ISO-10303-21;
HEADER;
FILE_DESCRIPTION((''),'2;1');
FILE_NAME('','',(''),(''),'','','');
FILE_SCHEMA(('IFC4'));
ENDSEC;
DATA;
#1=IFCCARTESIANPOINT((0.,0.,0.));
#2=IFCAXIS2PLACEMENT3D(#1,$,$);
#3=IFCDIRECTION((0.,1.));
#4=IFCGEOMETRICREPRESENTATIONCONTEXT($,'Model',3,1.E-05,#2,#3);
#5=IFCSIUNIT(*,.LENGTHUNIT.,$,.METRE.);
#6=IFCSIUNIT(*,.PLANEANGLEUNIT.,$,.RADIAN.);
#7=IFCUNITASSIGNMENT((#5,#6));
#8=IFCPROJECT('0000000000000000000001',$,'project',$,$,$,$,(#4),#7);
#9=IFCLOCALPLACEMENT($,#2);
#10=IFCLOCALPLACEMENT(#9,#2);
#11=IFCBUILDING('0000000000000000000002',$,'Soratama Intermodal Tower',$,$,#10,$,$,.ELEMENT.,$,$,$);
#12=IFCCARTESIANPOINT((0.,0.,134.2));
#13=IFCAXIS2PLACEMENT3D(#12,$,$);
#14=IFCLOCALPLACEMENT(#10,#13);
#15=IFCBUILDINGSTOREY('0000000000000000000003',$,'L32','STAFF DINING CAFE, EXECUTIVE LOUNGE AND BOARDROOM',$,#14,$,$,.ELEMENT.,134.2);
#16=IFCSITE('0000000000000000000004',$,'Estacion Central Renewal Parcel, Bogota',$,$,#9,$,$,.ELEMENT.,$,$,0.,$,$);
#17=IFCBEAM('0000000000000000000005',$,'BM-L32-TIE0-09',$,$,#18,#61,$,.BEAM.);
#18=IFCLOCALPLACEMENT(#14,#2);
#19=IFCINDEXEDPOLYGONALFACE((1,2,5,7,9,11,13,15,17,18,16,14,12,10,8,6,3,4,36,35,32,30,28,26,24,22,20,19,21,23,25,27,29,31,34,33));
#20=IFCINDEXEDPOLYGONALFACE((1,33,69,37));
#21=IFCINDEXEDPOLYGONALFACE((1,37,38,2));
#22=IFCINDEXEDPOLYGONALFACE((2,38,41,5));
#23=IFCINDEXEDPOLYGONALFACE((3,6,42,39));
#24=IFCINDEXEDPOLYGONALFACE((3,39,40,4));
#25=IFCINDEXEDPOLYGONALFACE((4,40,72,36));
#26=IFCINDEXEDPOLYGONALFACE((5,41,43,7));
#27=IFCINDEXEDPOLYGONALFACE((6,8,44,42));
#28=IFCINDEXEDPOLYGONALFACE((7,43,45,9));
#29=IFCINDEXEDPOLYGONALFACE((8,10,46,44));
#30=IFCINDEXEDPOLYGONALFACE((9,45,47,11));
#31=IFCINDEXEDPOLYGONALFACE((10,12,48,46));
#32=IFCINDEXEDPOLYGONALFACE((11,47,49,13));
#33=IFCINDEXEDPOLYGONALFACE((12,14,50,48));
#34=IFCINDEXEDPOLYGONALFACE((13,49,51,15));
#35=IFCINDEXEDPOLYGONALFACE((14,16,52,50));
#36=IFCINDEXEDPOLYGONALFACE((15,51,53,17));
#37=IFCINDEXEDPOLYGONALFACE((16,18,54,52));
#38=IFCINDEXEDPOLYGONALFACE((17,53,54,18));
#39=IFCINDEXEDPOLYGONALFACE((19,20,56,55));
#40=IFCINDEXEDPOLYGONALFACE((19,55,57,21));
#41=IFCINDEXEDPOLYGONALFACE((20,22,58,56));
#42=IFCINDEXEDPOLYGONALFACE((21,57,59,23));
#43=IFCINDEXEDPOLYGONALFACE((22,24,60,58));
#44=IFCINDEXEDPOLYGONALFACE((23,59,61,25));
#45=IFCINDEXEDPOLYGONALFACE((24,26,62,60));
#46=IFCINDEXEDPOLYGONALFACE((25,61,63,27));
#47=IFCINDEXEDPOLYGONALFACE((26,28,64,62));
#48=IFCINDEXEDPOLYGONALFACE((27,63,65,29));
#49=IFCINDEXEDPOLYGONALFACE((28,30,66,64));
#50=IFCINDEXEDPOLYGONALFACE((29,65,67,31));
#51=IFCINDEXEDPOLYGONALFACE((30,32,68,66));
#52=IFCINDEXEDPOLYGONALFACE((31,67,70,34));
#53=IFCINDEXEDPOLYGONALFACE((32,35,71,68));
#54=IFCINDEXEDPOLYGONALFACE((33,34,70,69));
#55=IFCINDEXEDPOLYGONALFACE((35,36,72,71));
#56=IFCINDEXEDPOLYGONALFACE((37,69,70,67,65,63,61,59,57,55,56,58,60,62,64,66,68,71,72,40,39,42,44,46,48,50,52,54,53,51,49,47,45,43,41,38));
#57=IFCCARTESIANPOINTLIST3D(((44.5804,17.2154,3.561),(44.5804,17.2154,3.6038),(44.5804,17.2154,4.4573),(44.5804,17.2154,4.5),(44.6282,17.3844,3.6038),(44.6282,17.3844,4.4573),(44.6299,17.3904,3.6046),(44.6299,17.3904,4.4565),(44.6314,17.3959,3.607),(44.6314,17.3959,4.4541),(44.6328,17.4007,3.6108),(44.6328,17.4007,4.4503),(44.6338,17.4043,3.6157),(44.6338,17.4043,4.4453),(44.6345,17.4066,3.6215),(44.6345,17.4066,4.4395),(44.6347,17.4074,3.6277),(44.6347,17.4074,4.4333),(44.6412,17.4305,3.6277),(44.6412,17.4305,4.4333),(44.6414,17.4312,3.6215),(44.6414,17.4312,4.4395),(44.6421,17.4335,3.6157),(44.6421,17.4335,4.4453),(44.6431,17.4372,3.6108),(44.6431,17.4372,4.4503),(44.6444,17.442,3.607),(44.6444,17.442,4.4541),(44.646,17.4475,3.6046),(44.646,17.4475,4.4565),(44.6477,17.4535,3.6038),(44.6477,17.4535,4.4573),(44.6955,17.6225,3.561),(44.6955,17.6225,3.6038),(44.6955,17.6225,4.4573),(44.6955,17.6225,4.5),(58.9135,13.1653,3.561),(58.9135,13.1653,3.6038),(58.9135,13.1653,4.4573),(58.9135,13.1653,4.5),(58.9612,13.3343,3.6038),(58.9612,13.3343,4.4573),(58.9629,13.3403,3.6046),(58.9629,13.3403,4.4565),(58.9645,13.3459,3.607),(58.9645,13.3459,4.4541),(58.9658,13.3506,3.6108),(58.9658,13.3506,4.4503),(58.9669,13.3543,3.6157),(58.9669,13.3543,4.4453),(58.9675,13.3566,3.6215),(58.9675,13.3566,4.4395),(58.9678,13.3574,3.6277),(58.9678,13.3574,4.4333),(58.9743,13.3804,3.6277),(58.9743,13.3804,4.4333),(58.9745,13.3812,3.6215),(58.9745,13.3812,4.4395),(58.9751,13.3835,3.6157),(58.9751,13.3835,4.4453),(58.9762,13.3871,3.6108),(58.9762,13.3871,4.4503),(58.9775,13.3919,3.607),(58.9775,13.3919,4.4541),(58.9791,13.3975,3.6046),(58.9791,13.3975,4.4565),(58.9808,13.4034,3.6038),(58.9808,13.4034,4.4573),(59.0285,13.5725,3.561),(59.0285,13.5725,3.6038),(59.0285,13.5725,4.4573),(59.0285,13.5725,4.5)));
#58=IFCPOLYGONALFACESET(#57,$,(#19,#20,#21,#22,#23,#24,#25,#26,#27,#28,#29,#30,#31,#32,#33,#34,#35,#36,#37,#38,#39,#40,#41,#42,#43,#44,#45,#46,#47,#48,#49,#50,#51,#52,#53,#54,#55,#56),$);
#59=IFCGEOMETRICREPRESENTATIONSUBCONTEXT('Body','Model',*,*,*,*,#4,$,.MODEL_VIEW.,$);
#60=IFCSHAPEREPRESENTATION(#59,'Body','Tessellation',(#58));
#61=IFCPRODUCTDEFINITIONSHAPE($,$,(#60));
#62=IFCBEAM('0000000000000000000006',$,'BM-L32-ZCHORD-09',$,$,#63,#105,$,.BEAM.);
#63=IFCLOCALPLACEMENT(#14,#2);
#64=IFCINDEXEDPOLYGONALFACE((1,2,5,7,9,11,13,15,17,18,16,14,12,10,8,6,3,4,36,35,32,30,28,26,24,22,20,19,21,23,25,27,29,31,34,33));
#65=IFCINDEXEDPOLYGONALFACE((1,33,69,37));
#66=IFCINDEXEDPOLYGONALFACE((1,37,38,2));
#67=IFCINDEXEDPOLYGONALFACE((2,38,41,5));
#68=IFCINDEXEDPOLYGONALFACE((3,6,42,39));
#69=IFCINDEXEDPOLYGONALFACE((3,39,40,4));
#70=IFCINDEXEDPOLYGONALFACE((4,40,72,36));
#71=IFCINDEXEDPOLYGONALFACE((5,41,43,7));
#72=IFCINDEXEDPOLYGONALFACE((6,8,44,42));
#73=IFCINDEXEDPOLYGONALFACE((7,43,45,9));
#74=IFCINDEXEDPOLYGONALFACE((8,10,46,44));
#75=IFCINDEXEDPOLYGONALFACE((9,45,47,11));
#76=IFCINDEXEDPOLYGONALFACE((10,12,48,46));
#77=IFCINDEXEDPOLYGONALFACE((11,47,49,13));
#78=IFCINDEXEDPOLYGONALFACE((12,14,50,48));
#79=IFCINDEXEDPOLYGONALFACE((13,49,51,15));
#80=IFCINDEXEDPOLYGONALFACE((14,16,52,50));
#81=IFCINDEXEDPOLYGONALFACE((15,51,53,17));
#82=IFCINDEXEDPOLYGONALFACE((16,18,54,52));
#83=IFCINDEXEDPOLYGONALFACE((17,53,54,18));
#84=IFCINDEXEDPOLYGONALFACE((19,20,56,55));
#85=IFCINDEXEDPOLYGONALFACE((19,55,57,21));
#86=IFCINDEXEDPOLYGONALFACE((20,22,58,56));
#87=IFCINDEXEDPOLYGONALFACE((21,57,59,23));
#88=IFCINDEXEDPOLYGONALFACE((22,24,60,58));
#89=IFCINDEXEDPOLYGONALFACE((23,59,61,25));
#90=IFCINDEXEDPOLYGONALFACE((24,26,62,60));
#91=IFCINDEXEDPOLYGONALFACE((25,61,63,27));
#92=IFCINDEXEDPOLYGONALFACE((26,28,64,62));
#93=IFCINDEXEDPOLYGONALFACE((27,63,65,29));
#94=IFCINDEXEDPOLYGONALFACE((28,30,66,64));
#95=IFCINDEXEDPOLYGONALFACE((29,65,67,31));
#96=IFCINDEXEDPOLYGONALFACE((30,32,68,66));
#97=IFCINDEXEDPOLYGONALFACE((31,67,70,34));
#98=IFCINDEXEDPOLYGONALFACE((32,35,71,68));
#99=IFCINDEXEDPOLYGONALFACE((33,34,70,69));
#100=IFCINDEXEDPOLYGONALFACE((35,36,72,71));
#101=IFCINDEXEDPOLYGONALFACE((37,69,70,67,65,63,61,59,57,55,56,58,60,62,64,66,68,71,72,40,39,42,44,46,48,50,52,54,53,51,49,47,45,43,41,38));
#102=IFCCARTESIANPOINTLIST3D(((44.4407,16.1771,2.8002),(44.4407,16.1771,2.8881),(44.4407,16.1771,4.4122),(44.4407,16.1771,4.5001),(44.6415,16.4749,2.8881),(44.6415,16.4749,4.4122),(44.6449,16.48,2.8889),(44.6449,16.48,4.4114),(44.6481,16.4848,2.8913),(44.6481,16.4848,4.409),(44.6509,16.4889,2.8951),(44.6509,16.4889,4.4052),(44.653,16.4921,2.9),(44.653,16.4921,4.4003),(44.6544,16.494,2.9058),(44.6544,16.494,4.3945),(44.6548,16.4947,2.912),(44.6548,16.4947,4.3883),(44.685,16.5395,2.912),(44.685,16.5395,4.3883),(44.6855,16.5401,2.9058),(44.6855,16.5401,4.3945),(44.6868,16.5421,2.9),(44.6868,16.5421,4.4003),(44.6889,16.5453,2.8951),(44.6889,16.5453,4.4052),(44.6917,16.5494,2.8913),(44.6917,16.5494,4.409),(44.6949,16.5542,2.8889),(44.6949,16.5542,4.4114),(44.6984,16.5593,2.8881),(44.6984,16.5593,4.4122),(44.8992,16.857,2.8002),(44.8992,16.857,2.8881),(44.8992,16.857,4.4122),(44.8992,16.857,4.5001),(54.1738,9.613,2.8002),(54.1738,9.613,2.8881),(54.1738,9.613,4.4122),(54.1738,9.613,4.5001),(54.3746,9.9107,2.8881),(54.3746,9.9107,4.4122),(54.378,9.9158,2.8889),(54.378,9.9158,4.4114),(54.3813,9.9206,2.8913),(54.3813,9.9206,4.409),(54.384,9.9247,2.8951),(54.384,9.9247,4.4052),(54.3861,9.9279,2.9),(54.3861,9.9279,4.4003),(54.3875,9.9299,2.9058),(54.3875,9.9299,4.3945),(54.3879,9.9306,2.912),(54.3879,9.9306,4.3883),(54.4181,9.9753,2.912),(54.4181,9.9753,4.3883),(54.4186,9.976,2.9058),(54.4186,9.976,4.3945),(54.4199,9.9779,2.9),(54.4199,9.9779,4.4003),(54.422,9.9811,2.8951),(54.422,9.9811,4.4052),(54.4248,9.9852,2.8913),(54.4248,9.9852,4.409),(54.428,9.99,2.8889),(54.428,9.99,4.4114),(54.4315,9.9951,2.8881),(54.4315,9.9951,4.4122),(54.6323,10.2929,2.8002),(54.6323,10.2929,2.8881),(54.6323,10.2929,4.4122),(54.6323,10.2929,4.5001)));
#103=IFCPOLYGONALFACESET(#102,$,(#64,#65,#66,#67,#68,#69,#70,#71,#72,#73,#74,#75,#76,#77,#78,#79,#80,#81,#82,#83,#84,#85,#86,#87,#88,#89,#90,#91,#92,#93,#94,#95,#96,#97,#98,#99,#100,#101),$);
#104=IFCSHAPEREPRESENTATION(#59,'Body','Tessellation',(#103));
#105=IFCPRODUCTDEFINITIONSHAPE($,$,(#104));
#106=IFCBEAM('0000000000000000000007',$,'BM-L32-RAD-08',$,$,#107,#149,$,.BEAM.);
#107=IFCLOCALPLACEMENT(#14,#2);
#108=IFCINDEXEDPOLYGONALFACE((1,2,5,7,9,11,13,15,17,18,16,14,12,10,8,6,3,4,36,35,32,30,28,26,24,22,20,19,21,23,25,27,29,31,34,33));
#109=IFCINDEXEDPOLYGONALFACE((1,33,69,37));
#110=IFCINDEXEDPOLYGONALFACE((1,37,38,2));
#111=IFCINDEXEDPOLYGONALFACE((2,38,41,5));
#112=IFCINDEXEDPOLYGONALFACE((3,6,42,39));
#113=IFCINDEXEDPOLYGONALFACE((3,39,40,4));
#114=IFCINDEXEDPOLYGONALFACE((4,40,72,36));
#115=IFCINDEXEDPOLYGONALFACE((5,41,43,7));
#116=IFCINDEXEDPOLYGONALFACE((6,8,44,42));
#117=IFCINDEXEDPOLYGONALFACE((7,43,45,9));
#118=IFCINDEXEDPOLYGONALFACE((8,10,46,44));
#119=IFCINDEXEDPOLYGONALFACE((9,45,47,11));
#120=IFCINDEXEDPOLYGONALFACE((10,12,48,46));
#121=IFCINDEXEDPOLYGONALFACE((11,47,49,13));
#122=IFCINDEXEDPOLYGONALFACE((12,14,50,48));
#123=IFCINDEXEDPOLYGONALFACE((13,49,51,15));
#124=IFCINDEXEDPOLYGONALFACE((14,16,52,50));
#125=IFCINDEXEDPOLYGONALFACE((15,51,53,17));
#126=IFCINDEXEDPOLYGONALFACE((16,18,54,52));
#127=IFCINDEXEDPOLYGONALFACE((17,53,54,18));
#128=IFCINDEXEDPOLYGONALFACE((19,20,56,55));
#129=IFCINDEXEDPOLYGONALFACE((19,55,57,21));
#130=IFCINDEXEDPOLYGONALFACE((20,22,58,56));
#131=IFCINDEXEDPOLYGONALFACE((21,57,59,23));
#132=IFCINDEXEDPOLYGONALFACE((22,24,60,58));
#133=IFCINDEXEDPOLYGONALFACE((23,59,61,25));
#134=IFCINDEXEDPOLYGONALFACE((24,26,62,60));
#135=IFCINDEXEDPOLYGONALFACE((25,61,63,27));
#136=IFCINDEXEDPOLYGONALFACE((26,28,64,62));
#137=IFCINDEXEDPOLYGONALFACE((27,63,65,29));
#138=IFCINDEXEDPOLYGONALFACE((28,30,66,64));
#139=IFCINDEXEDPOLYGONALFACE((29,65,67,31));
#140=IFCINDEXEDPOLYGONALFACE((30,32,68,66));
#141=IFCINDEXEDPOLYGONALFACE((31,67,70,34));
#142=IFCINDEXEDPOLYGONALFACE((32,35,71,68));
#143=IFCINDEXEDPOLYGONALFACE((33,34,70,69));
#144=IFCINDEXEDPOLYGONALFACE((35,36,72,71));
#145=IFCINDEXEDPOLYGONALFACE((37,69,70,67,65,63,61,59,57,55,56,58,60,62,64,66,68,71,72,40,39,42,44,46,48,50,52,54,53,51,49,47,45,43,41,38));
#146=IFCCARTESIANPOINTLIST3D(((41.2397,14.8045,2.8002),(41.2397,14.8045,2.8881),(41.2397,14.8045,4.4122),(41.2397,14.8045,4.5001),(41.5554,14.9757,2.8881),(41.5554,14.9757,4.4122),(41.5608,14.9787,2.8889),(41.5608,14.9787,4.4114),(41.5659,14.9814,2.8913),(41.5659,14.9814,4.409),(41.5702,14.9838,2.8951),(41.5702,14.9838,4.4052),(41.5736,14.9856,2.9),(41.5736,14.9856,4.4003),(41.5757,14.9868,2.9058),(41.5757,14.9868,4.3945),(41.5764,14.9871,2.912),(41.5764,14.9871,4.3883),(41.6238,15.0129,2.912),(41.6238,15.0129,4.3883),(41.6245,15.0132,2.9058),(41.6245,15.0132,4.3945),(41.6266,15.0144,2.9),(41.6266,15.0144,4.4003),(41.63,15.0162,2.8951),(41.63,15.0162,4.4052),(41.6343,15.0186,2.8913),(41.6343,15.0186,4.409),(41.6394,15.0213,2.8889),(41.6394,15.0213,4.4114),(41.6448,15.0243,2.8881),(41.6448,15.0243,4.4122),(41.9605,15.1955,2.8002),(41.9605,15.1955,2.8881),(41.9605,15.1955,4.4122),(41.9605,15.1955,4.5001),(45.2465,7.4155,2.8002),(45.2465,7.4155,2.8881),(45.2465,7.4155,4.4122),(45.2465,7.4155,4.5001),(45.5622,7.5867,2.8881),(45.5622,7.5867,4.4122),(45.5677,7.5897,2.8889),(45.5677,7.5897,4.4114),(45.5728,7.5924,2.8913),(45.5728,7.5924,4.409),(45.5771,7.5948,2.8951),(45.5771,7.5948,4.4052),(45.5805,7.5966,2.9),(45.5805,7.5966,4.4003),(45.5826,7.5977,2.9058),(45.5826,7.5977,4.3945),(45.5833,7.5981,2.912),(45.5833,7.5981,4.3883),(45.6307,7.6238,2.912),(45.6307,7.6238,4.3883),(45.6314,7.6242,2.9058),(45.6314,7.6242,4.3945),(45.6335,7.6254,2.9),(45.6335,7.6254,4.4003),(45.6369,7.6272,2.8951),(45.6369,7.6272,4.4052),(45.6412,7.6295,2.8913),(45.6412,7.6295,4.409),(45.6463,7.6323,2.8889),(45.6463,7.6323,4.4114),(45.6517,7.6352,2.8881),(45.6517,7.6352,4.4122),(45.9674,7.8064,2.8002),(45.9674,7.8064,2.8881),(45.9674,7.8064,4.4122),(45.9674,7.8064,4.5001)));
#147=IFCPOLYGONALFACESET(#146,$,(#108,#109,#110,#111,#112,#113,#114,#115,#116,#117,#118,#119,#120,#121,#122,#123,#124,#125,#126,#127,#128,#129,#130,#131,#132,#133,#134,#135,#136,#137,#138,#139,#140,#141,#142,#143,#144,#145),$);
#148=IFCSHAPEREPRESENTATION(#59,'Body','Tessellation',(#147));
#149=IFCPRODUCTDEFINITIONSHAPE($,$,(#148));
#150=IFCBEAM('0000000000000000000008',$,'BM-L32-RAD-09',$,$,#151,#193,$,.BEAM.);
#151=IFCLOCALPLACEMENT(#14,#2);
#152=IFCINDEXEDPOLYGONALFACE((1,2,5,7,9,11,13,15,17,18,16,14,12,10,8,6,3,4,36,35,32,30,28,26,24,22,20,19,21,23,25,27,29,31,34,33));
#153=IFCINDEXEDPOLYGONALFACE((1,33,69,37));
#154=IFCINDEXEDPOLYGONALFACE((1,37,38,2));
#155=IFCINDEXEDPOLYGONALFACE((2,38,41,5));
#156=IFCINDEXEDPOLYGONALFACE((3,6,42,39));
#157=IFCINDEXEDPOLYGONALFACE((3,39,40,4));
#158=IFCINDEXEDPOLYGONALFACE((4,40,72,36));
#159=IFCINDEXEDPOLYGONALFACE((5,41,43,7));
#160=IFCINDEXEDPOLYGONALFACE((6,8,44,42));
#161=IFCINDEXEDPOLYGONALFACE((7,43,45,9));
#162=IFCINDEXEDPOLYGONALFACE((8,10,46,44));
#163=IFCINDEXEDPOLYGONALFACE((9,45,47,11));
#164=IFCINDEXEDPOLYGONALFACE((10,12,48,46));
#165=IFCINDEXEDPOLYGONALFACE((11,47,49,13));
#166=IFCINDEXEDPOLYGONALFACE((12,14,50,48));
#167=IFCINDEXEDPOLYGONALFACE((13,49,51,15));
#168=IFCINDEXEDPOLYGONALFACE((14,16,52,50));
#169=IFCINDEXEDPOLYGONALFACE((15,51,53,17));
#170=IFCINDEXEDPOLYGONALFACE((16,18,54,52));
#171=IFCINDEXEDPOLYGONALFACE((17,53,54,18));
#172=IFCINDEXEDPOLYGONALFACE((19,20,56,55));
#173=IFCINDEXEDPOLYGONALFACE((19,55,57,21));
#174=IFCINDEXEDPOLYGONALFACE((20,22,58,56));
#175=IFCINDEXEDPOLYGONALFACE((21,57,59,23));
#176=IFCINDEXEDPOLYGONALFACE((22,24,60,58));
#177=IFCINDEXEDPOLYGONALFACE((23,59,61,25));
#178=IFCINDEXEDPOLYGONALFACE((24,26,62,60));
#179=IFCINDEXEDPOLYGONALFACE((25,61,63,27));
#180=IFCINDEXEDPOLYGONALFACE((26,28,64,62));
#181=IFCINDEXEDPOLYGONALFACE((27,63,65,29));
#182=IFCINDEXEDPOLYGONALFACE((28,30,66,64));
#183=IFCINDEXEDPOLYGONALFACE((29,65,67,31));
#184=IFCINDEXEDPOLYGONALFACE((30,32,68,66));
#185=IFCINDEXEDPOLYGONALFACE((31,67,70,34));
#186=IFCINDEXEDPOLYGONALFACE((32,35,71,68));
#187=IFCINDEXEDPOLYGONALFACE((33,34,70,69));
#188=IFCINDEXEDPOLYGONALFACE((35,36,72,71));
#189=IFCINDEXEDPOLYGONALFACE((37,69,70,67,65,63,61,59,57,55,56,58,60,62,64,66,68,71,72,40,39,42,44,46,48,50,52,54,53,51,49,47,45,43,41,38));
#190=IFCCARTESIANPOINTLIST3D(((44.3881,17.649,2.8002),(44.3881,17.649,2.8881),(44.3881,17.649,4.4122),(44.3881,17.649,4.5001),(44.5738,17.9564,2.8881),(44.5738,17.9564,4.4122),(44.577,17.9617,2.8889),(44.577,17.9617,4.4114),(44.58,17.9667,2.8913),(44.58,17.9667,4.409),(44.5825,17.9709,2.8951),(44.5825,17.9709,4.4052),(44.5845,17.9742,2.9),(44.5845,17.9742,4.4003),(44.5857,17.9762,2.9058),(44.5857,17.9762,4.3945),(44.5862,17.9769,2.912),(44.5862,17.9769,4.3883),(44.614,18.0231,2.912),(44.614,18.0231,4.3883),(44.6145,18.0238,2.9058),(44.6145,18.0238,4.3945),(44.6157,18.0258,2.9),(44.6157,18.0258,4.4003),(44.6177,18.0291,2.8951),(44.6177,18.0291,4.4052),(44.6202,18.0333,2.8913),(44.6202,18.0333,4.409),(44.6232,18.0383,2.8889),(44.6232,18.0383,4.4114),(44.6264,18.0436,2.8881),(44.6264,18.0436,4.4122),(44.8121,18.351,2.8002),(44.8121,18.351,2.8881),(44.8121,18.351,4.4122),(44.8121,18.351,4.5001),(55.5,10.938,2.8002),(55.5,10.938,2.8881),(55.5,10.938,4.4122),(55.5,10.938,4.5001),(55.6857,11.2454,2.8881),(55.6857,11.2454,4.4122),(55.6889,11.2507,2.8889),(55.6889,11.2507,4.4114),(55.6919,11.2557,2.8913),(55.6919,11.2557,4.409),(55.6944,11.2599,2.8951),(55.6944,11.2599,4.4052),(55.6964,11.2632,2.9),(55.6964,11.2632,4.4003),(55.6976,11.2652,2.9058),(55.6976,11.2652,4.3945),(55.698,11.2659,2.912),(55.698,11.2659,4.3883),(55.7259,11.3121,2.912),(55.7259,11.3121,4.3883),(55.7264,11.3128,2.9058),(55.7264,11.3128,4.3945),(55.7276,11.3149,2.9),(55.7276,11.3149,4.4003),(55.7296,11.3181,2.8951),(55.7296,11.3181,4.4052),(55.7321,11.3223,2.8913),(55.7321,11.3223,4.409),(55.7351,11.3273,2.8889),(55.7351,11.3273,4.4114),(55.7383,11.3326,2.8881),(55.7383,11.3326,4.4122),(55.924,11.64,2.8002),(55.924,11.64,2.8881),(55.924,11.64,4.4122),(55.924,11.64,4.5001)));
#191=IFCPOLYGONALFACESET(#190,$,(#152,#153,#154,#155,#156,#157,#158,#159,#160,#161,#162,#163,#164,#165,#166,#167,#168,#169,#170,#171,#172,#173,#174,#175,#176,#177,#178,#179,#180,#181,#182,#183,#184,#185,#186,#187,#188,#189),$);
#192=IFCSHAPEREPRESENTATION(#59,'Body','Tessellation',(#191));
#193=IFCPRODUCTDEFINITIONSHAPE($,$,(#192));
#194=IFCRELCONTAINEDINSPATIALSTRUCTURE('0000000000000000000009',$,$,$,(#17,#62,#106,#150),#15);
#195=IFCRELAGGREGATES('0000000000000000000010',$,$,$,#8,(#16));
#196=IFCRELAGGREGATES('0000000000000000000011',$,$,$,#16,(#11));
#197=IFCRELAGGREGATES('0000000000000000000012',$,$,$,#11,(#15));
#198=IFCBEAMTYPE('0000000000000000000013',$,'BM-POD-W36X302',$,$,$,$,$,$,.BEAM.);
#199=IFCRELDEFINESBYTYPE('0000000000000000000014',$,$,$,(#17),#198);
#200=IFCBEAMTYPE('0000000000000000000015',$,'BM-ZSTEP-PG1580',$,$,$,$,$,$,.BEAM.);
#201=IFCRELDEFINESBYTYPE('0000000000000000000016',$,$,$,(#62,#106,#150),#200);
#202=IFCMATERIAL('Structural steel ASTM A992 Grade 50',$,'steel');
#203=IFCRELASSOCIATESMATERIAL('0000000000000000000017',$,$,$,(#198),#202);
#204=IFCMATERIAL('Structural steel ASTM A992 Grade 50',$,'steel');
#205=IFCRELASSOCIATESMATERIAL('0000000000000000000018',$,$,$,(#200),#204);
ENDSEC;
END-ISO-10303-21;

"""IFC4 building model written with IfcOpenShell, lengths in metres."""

from ifc_helpers import new_model, si_unit, direction, frame, origin, origin_2d, place, context, subcontext, project, spatial, i_section, extrude, material, material_profile, profile_set, type_object, element, save


model = new_model("IFC4")

# Units and contexts
model_context = context("Model", 3, precision=1e-05, world=origin(), true_north=direction((0.0, 1.0)))
body_context = subcontext(model_context, "Body", "Model", "MODEL_VIEW")
ifc_project = project(units=[si_unit("LENGTHUNIT", "METRE"), si_unit("PLANEANGLEUNIT", "RADIAN")], contexts=[model_context])

# Site, building, storey
site_placement = place(None, origin())
site = spatial("IfcSite", under=ifc_project, at=site_placement, Name="Estacion Central Renewal Parcel, Bogota", CompositionType="ELEMENT", RefElevation=0.0)
building_placement = place(site_placement, origin())
building = spatial("IfcBuilding", under=site, at=building_placement, Name="Soratama Intermodal Tower", CompositionType="ELEMENT")
storey_placement = place(building_placement, frame((0.0, 0.0, 134.2)))
storey = spatial("IfcBuildingStorey", under=building, at=storey_placement, Name="L32", Description="STAFF DINING CAFE, EXECUTIVE LOUNGE AND BOARDROOM", CompositionType="ELEMENT", Elevation=134.2)

# Beams
ifc_material_1 = material(Name="Structural steel ASTM A992 Grade 50", Category="steel")
ifc_material_profile_1 = material_profile(ifc_material_1, i_section(OverallWidth=0.4231, OverallDepth=0.939, WebThickness=0.0239, FlangeThickness=0.0427, FilletRadius=0.0239, at=origin_2d()), Name="W36X302")
ifc_profile_set_1 = profile_set([ifc_material_profile_1], Name="Structural steel ASTM A992 Grade 50")
beam_type_1 = type_object("IfcBeamType", Name="BM-POD-W36X302", PredefinedType="BEAM", material=ifc_profile_set_1)
beam_1_placement = place(storey_placement, frame((44.6379, 17.4189, 4.0305), z_axis=(0.96232, -0.271921, 0.0), x_axis=(0.271921, 0.96232, 0.0)))
element("IfcBeam", 1, at=beam_1_placement, inside=storey, type_object=beam_type_1, Name="BM-L32-TIE0-09", PredefinedType="BEAM", context=body_context, shape_type="SweptSolid", body=[
    extrude(i_section(OverallWidth=0.4231, OverallDepth=0.939, WebThickness=0.0239, FlangeThickness=0.0427, FilletRadius=0.0239, at=origin_2d()), origin(), (0.0, 0.0, 1.0), 14.8943),
])
ifc_material_2 = material(Name="Structural steel ASTM A992 Grade 50", Category="steel")
ifc_material_profile_2 = material_profile(ifc_material_2, i_section(OverallWidth=0.8201, OverallDepth=1.7, WebThickness=0.054, FlangeThickness=0.0879, FilletRadius=0.0239, at=origin_2d()), Name="PG1580X800")
ifc_profile_set_2 = profile_set([ifc_material_profile_2], Name="Structural steel ASTM A992 Grade 50")
beam_type_2 = type_object("IfcBeamType", Name="BM-ZSTEP-PG1580", PredefinedType="BEAM", material=ifc_profile_set_2)
beam_2_placement = place(storey_placement, frame((44.6699, 16.5171, 3.6501), z_axis=(0.829073, -0.559141, 0.0), x_axis=(0.559141, 0.829073, 0.0)))
element("IfcBeam", 2, at=beam_2_placement, inside=storey, type_object=beam_type_2, Name="BM-L32-ZCHORD-09", PredefinedType="BEAM", context=body_context, shape_type="SweptSolid", body=[
    extrude(i_section(OverallWidth=0.8201, OverallDepth=1.7, WebThickness=0.054, FlangeThickness=0.0879, FilletRadius=0.0239, at=origin_2d()), origin(), (0.0, 0.0, 1.0), 11.7397),
])
beam_3_placement = place(storey_placement, frame((41.6001, 15.0, 3.6501), z_axis=(0.476698, -0.879067, 0.0), x_axis=(0.879067, 0.476698, 0.0)))
element("IfcBeam", 3, at=beam_3_placement, inside=storey, type_object=beam_type_2, Name="BM-L32-RAD-08", PredefinedType="BEAM", context=body_context, shape_type="SweptSolid", body=[
    extrude(i_section(OverallWidth=0.8201, OverallDepth=1.7, WebThickness=0.054, FlangeThickness=0.0879, FilletRadius=0.0239, at=origin_2d()), origin(), (0.0, 0.0, 1.0), 8.4055),
])
beam_4_placement = place(storey_placement, frame((44.6001, 18.0, 3.6501), z_axis=(0.855999, -0.516977, 0.0), x_axis=(0.516977, 0.855999, 0.0)))
element("IfcBeam", 4, at=beam_4_placement, inside=storey, type_object=beam_type_2, Name="BM-L32-RAD-09", PredefinedType="BEAM", context=body_context, shape_type="SweptSolid", body=[
    extrude(i_section(OverallWidth=0.8201, OverallDepth=1.7, WebThickness=0.054, FlangeThickness=0.0879, FilletRadius=0.0239, at=origin_2d()), origin(), (0.0, 0.0, 1.0), 12.9812),
])

save(model, "model.ifc")
